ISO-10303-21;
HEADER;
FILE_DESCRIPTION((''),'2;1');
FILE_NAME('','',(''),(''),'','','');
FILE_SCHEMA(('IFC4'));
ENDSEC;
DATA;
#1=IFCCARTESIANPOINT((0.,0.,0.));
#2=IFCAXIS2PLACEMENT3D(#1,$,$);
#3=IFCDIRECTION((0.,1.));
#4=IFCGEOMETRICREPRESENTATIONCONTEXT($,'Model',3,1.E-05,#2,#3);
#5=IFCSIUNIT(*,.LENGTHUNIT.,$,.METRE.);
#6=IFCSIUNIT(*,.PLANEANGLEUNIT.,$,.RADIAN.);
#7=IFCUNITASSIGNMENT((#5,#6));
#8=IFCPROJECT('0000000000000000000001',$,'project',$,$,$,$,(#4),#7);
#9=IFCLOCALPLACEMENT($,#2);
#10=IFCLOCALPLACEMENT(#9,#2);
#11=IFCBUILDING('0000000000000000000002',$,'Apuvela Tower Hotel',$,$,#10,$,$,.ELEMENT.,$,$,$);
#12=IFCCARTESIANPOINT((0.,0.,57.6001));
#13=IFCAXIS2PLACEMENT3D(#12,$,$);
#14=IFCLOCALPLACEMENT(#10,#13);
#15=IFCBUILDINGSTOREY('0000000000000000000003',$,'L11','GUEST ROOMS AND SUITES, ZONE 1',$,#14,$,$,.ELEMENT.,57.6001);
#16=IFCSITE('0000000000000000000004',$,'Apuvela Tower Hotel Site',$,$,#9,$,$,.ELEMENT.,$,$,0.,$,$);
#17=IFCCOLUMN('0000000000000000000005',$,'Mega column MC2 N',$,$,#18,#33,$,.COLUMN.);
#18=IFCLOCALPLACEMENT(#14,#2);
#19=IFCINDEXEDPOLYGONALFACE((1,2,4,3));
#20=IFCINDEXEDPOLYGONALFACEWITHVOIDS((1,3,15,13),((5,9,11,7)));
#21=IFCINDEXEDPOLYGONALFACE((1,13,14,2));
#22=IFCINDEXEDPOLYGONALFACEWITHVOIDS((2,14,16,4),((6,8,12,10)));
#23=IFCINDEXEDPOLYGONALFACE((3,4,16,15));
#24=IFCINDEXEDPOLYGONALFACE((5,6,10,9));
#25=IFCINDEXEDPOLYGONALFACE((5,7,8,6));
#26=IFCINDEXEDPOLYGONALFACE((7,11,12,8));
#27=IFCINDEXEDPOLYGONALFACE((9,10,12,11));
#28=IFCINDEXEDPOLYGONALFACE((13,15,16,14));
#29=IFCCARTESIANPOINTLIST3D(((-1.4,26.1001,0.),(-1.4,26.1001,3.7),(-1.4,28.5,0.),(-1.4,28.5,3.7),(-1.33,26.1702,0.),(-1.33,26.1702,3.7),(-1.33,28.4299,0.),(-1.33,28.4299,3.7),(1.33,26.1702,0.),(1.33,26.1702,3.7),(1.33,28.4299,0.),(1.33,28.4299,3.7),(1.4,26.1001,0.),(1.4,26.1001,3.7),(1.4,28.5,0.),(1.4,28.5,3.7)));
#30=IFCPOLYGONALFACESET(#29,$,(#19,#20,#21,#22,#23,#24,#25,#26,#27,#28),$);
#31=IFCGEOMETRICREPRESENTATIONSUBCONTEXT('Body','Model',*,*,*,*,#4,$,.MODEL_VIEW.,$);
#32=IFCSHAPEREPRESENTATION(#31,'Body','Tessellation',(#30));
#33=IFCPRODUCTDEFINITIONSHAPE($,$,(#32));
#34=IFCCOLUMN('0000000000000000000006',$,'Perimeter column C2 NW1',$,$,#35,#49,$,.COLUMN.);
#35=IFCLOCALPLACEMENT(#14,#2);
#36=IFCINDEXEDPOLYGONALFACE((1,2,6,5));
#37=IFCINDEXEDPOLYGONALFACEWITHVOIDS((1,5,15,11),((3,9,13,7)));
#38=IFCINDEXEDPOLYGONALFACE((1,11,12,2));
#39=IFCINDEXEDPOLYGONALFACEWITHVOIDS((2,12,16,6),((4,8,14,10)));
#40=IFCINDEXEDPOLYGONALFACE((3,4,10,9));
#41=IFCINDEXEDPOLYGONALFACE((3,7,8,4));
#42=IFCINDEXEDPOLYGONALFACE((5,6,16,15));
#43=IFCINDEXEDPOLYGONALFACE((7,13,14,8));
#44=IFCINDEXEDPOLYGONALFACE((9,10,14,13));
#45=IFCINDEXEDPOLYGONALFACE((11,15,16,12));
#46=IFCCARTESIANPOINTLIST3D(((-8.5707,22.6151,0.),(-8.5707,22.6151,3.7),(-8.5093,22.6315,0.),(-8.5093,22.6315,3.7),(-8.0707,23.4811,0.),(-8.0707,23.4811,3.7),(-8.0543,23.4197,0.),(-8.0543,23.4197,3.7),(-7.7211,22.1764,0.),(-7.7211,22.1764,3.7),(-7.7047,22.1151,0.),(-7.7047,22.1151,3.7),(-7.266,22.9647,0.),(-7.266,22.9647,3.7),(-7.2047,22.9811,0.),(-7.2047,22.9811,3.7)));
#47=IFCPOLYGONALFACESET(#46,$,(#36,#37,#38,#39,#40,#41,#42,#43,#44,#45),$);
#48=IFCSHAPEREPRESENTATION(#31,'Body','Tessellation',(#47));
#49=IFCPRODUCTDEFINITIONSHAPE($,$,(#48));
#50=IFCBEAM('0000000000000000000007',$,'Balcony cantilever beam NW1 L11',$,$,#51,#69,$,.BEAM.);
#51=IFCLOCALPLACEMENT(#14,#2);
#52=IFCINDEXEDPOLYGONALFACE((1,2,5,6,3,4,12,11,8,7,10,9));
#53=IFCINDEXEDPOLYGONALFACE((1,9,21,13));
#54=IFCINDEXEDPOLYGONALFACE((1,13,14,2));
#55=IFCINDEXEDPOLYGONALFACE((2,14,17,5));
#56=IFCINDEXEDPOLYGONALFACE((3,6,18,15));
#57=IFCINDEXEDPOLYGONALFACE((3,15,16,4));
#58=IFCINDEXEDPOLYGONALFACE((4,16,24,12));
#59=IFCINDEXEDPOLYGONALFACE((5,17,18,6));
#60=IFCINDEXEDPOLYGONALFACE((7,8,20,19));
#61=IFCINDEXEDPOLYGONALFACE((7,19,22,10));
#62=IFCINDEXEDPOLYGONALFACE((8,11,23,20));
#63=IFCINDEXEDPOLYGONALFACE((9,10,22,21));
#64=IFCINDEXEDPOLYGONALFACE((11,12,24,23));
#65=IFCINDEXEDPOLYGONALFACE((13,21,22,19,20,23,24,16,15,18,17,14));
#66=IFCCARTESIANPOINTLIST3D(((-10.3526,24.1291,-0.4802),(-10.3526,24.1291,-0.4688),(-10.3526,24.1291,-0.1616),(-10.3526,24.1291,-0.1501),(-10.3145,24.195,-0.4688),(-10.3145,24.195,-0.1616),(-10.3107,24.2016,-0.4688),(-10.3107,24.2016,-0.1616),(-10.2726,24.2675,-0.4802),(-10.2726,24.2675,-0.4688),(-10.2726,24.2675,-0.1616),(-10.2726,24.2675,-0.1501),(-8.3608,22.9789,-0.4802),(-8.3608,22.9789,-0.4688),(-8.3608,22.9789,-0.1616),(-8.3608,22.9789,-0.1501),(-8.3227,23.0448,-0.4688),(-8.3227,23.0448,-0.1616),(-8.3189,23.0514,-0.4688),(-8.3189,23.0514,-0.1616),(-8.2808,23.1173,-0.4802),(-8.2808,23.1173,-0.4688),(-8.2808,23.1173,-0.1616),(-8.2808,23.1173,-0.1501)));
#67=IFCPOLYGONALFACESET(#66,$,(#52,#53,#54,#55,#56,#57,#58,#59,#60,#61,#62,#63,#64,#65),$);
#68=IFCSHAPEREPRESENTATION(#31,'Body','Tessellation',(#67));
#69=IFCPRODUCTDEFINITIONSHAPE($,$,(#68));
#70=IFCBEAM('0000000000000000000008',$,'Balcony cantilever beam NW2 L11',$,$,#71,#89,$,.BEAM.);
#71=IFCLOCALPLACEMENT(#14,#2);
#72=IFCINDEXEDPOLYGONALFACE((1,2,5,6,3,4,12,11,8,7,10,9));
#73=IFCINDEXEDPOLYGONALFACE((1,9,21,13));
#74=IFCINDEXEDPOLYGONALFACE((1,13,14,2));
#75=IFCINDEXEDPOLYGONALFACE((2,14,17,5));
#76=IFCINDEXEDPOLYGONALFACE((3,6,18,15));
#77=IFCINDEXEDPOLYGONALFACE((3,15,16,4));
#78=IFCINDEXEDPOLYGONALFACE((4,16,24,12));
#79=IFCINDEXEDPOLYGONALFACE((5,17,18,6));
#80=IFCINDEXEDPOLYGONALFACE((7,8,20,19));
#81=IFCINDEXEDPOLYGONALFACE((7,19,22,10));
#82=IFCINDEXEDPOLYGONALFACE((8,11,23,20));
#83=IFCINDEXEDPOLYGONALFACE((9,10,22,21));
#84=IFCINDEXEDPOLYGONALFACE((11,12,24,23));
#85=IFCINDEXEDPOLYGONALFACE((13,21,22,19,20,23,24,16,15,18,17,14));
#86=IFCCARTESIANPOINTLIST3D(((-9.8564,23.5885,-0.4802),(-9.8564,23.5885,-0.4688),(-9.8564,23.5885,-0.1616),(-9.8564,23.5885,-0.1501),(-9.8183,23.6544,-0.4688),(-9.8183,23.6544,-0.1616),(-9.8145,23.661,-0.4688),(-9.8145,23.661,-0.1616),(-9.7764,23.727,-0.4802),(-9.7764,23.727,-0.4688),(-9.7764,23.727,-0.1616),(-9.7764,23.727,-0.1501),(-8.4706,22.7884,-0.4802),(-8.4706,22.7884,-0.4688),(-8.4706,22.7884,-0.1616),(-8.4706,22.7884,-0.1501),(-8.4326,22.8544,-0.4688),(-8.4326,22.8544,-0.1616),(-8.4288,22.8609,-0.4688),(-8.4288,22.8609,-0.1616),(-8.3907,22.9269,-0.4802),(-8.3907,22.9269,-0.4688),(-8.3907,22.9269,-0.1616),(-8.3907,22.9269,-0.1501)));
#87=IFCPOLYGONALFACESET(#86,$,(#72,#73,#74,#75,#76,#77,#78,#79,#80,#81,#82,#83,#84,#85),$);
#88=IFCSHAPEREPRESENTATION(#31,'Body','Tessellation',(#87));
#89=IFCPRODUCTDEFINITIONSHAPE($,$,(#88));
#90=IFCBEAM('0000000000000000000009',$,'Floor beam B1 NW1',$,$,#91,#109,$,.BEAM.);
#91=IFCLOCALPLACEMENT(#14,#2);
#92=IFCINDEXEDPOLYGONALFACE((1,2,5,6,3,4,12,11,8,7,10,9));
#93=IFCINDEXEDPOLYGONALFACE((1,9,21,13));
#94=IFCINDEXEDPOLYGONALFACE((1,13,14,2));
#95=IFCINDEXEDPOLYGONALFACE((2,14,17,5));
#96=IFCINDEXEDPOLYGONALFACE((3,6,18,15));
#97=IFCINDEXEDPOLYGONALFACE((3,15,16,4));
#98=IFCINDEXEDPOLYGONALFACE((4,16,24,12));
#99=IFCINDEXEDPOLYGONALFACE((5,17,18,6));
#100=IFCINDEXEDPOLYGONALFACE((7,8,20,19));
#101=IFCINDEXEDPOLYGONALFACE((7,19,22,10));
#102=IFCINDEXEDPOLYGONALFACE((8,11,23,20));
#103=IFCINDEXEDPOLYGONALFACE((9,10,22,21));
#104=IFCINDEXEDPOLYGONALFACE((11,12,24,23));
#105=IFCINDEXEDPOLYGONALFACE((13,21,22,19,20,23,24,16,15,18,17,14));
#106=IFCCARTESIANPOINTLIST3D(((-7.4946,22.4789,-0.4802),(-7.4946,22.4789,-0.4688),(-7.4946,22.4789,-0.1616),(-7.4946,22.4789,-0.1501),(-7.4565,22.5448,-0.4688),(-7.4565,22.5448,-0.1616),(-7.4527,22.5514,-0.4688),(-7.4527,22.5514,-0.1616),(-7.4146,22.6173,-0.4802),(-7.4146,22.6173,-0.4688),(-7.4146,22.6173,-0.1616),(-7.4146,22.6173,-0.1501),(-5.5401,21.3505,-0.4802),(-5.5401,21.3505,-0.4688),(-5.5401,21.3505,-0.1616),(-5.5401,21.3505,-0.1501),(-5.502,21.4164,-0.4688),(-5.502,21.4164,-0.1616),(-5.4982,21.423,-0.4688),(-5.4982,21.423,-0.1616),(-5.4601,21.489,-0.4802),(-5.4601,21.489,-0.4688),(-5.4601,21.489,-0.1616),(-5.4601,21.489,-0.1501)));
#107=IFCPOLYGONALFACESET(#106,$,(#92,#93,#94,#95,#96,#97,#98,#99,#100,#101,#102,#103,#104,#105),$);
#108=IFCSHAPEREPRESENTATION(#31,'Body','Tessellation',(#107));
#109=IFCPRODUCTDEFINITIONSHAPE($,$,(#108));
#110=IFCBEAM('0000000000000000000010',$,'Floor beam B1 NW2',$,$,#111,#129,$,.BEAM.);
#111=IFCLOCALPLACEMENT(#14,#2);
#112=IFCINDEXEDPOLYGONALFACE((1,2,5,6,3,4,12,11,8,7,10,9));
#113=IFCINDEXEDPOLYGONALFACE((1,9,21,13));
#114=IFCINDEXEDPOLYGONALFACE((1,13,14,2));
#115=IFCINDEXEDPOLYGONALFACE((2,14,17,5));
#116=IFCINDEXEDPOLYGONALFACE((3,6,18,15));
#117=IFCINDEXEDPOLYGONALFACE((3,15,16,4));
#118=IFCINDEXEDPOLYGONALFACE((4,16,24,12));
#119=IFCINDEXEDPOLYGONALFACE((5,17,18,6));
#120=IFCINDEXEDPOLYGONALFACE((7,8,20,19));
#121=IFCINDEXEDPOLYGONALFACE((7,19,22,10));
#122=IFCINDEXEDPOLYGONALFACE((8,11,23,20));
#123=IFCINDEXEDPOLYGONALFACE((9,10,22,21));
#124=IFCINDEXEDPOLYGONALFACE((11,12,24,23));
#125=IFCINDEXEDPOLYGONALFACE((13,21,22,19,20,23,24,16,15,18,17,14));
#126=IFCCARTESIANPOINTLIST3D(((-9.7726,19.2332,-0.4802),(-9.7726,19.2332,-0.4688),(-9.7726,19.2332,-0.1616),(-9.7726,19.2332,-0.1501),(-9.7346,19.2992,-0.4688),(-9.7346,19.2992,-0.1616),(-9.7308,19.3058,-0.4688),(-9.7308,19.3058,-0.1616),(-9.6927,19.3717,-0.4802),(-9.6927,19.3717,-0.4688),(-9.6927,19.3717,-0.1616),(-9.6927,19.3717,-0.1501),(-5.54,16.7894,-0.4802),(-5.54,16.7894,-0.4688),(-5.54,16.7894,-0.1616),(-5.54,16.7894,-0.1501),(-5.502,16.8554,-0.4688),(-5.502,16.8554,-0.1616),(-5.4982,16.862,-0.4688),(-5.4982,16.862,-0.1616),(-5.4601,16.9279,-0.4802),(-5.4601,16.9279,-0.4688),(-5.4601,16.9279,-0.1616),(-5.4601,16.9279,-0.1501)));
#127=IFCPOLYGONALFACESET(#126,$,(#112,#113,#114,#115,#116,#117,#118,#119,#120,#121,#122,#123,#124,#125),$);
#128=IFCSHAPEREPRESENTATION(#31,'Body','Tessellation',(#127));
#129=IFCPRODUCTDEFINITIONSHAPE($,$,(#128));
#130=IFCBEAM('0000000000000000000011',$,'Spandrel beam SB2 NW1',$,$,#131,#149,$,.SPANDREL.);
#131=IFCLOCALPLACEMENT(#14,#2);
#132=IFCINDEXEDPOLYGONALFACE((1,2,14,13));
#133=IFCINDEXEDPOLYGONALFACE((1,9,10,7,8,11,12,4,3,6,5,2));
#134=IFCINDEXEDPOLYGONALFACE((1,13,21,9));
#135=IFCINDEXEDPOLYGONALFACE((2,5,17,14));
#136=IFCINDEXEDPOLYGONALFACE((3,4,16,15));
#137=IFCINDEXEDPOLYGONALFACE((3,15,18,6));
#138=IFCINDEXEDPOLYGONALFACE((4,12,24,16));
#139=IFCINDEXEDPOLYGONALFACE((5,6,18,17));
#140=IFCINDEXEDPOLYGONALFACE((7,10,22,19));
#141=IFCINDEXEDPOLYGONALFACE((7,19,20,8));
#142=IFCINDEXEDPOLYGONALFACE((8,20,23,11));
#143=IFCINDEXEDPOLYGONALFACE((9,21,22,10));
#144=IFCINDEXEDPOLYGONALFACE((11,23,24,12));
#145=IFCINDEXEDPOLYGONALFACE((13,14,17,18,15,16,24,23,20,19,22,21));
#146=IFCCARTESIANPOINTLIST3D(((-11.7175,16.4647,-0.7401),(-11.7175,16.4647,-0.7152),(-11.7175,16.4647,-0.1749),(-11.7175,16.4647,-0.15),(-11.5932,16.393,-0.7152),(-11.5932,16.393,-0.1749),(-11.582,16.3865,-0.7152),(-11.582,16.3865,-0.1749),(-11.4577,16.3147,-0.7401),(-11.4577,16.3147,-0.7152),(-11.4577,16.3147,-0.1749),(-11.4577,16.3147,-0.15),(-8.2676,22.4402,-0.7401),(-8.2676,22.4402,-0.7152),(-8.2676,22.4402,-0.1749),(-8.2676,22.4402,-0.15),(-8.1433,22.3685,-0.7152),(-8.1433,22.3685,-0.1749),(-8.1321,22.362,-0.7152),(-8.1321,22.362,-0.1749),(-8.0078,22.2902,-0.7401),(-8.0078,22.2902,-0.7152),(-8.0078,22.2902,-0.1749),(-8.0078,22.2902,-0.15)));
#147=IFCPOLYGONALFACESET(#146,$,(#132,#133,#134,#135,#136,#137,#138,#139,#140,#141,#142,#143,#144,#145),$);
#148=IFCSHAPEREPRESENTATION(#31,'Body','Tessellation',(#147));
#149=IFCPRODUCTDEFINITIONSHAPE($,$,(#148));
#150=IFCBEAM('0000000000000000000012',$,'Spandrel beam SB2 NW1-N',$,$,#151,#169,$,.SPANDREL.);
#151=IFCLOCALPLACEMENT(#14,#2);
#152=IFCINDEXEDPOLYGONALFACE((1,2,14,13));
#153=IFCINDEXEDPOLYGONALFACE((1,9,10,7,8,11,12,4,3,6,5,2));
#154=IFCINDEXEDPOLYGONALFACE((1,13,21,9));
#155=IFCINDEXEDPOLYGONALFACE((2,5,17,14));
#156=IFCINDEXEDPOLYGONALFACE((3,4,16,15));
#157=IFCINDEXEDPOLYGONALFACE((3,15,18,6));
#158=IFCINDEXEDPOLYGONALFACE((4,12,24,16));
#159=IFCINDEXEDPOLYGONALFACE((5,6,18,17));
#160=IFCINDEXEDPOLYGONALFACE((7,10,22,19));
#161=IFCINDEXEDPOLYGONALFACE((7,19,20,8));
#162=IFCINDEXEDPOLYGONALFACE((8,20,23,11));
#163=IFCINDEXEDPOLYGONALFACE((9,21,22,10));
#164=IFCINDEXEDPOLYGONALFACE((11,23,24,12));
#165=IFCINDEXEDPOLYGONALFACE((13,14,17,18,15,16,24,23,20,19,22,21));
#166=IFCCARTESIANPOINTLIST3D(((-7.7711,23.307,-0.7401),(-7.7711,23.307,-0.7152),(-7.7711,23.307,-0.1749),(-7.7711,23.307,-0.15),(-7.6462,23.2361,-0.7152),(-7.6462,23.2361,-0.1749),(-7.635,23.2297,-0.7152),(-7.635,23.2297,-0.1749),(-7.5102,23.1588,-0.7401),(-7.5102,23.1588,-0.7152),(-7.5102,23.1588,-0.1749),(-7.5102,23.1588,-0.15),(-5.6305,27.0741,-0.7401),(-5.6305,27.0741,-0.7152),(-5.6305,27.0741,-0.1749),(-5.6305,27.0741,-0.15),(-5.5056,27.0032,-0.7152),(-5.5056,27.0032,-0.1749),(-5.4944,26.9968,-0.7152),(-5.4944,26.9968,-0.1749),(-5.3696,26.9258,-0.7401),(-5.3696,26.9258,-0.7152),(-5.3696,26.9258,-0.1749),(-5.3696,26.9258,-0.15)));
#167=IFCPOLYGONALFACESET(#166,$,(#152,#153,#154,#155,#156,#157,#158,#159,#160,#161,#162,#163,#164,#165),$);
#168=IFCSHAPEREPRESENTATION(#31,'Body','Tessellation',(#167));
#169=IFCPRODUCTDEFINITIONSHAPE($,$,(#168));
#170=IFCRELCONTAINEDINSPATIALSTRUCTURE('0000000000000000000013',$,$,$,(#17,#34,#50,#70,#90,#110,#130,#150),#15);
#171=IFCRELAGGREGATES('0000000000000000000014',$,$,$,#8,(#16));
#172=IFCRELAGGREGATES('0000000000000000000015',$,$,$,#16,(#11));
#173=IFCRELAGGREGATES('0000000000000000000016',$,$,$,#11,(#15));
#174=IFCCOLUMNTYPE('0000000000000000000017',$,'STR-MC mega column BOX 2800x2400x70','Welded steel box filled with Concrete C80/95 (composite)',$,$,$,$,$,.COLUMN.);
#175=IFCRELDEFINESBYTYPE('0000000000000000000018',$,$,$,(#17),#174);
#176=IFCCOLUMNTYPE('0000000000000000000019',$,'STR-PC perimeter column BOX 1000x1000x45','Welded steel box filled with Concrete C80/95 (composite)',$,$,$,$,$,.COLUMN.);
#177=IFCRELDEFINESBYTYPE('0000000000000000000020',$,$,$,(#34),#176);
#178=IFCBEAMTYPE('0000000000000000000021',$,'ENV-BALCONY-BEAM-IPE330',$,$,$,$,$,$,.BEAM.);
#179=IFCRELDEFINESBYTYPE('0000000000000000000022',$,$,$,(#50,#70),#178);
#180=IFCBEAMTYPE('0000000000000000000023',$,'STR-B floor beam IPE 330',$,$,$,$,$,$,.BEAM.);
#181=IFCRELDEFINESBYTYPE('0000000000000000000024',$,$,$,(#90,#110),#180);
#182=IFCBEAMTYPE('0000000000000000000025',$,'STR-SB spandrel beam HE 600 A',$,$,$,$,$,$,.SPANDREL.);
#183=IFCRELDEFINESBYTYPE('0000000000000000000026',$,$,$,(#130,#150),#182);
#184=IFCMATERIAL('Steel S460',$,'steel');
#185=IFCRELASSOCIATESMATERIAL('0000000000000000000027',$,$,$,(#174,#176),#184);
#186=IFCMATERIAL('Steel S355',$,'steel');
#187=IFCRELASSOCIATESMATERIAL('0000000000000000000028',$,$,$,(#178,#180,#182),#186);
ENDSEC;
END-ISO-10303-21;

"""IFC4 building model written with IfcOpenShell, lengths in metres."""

from ifc_helpers import new_model, si_unit, direction, frame, origin, origin_2d, place, context, subcontext, project, spatial, rectangle, hollow_rectangle, i_section, extrude, material, material_profile, profile_set, type_object, element, save


model = new_model("IFC4")

# Units and contexts
model_context = context("Model", 3, precision=1e-05, world=origin(), true_north=direction((0.0, 1.0)))
body_context = subcontext(model_context, "Body", "Model", "MODEL_VIEW")
ifc_project = project(units=[si_unit("LENGTHUNIT", "METRE"), si_unit("PLANEANGLEUNIT", "RADIAN")], contexts=[model_context])

# Site, building, storey
site_placement = place(None, origin())
site = spatial("IfcSite", under=ifc_project, at=site_placement, Name="Apuvela Tower Hotel Site", CompositionType="ELEMENT", RefElevation=0.0)
building_placement = place(site_placement, origin())
building = spatial("IfcBuilding", under=site, at=building_placement, Name="Apuvela Tower Hotel", CompositionType="ELEMENT")
storey_placement = place(building_placement, frame((0.0, 0.0, 57.6001)))
storey = spatial("IfcBuildingStorey", under=building, at=storey_placement, Name="L11", Description="GUEST ROOMS AND SUITES, ZONE 1", CompositionType="ELEMENT", Elevation=57.6001)

# Columns
ifc_material_1 = material(Name="Steel S460", Category="steel")
ifc_material_profile_1 = material_profile(ifc_material_1, hollow_rectangle(XDim=2.8, YDim=2.3999, WallThickness=0.0701, at=origin_2d()), Name="BOX 2800x2400x70")
ifc_material_2 = material(Name="Concrete C80/95", Category="concrete")
ifc_material_profile_2 = material_profile(ifc_material_2, rectangle(XDim=2.6599, YDim=2.26, at=origin_2d()), Name="Concrete C80/95 infill")
ifc_profile_set_1 = profile_set([ifc_material_profile_1, ifc_material_profile_2], Name="Steel S460")
column_type_1 = type_object("IfcColumnType", Name="STR-MC mega column BOX 2800x2400x70", Description="Welded steel box filled with Concrete C80/95 (composite)", PredefinedType="COLUMN", material=ifc_profile_set_1)
column_1_placement = place(storey_placement, frame((0.0, 27.3, 0.0), z_axis=(0.0, 0.0, 1.0), x_axis=(1.0, 0.0, 0.0)))
element("IfcColumn", 1, at=column_1_placement, inside=storey, type_object=column_type_1, Name="Mega column MC2 N", PredefinedType="COLUMN", context=body_context, shape_type="SweptSolid", body=[
    extrude(hollow_rectangle(XDim=2.8, YDim=2.3999, WallThickness=0.0701, at=origin_2d()), origin(), (0.0, 0.0, 1.0), 3.7),
])
ifc_material_profile_3 = material_profile(ifc_material_1, hollow_rectangle(XDim=1.0, YDim=1.0, WallThickness=0.0449, at=origin_2d()), Name="BOX 1000x1000x45")
ifc_material_profile_4 = material_profile(ifc_material_2, rectangle(XDim=0.9099, YDim=0.9099, at=origin_2d()), Name="Concrete C80/95 infill")
ifc_profile_set_2 = profile_set([ifc_material_profile_3, ifc_material_profile_4], Name="Steel S460")
column_type_2 = type_object("IfcColumnType", Name="STR-PC perimeter column BOX 1000x1000x45", Description="Welded steel box filled with Concrete C80/95 (composite)", PredefinedType="COLUMN", material=ifc_profile_set_2)
column_2_placement = place(storey_placement, frame((-7.8877, 22.7981, 0.0), z_axis=(0.0, 0.0, 1.0), x_axis=(0.5, 0.866025, 0.0)))
element("IfcColumn", 2, at=column_2_placement, inside=storey, type_object=column_type_2, Name="Perimeter column C2 NW1", PredefinedType="COLUMN", context=body_context, shape_type="SweptSolid", body=[
    extrude(hollow_rectangle(XDim=1.0, YDim=1.0, WallThickness=0.0449, at=origin_2d()), origin(), (0.0, 0.0, 1.0), 3.7),
])

# Beams
ifc_material_3 = material(Name="Steel S355", Category="steel")
ifc_material_profile_5 = material_profile(ifc_material_3, i_section(OverallWidth=0.1599, OverallDepth=0.3301, WebThickness=0.0076, FlangeThickness=0.0115, at=origin_2d()), Name="IPE 330")
ifc_profile_set_3 = profile_set([ifc_material_profile_5], Name="Steel S355")
beam_type_1 = type_object("IfcBeamType", Name="ENV-BALCONY-BEAM-IPE330", PredefinedType="BEAM", material=ifc_profile_set_3)
beam_1_placement = place(storey_placement, frame((-8.3208, 23.0481, -0.3152), z_axis=(-0.865981, 0.500078, 0.0), x_axis=(-0.500078, -0.865981, 0.0)))
element("IfcBeam", 3, at=beam_1_placement, inside=storey, type_object=beam_type_1, Name="Balcony cantilever beam NW1 L11", PredefinedType="BEAM", context=body_context, shape_type="SweptSolid", body=[
    extrude(i_section(OverallWidth=0.1599, OverallDepth=0.3301, WebThickness=0.0076, FlangeThickness=0.0115, at=origin_2d()), origin(), (0.0, 0.0, 1.0), 2.3),
])
beam_2_placement = place(storey_placement, frame((-8.4307, 22.8577, -0.3152), z_axis=(-0.866028, 0.499995, 0.0), x_axis=(-0.499995, -0.866028, 0.0)))
element("IfcBeam", 4, at=beam_2_placement, inside=storey, type_object=beam_type_1, Name="Balcony cantilever beam NW2 L11", PredefinedType="BEAM", context=body_context, shape_type="SweptSolid", body=[
    extrude(i_section(OverallWidth=0.1599, OverallDepth=0.3301, WebThickness=0.0076, FlangeThickness=0.0115, at=origin_2d()), origin(), (0.0, 0.0, 1.0), 1.6001),
])
ifc_material_profile_6 = material_profile(ifc_material_3, i_section(OverallWidth=0.1599, OverallDepth=0.3301, WebThickness=0.0076, FlangeThickness=0.0115, at=origin_2d()), Name="IPE 330")
ifc_profile_set_4 = profile_set([ifc_material_profile_6], Name="Steel S355")
beam_type_2 = type_object("IfcBeamType", Name="STR-B floor beam IPE 330", PredefinedType="BEAM", material=ifc_profile_set_4)
beam_3_placement = place(storey_placement, frame((-7.4546, 22.5481, -0.3152), z_axis=(0.866038, -0.499978, 0.0), x_axis=(0.499978, 0.866038, 0.0)))
element("IfcBeam", 5, at=beam_3_placement, inside=storey, type_object=beam_type_2, Name="Floor beam B1 NW1", PredefinedType="BEAM", context=body_context, shape_type="SweptSolid", body=[
    extrude(i_section(OverallWidth=0.1599, OverallDepth=0.3301, WebThickness=0.0076, FlangeThickness=0.0115, at=origin_2d()), origin(), (0.0, 0.0, 1.0), 2.2568),
])
beam_4_placement = place(storey_placement, frame((-9.7327, 19.3025, -0.3152), z_axis=(0.866015, -0.500018, 0.0), x_axis=(0.500018, 0.866015, 0.0)))
element("IfcBeam", 6, at=beam_4_placement, inside=storey, type_object=beam_type_2, Name="Floor beam B1 NW2", PredefinedType="BEAM", context=body_context, shape_type="SweptSolid", body=[
    extrude(i_section(OverallWidth=0.1599, OverallDepth=0.3301, WebThickness=0.0076, FlangeThickness=0.0115, at=origin_2d()), origin(), (0.0, 0.0, 1.0), 4.8875),
])
ifc_material_profile_7 = material_profile(ifc_material_3, i_section(OverallWidth=0.3, OverallDepth=0.5901, WebThickness=0.0129, FlangeThickness=0.0249, at=origin_2d()), Name="HE 600 A")
ifc_profile_set_5 = profile_set([ifc_material_profile_7], Name="Steel S355")
beam_type_3 = type_object("IfcBeamType", Name="STR-SB spandrel beam HE 600 A", PredefinedType="SPANDREL", material=ifc_profile_set_5)
beam_5_placement = place(storey_placement, frame((-8.1377, 22.3652, -0.4451), z_axis=(-0.499994, -0.866029, 0.0), x_axis=(0.866029, -0.499994, 0.0)))
element("IfcBeam", 7, at=beam_5_placement, inside=storey, type_object=beam_type_3, Name="Spandrel beam SB2 NW1", PredefinedType="SPANDREL", context=body_context, shape_type="SweptSolid", body=[
    extrude(i_section(OverallWidth=0.3, OverallDepth=0.5901, WebThickness=0.0129, FlangeThickness=0.0249, at=origin_2d()), origin(), (0.0, 0.0, 1.0), 6.8999),
])
beam_6_placement = place(storey_placement, frame((-7.6406, 23.2329, -0.4451), z_axis=(0.49405, 0.869433, 0.0), x_axis=(-0.869433, 0.49405, 0.0)))
element("IfcBeam", 8, at=beam_6_placement, inside=storey, type_object=beam_type_3, Name="Spandrel beam SB2 NW1-N", PredefinedType="SPANDREL", context=body_context, shape_type="SweptSolid", body=[
    extrude(i_section(OverallWidth=0.3, OverallDepth=0.5901, WebThickness=0.0129, FlangeThickness=0.0249, at=origin_2d()), origin(), (0.0, 0.0, 1.0), 4.3328),
])

save(model, "model.ifc")
